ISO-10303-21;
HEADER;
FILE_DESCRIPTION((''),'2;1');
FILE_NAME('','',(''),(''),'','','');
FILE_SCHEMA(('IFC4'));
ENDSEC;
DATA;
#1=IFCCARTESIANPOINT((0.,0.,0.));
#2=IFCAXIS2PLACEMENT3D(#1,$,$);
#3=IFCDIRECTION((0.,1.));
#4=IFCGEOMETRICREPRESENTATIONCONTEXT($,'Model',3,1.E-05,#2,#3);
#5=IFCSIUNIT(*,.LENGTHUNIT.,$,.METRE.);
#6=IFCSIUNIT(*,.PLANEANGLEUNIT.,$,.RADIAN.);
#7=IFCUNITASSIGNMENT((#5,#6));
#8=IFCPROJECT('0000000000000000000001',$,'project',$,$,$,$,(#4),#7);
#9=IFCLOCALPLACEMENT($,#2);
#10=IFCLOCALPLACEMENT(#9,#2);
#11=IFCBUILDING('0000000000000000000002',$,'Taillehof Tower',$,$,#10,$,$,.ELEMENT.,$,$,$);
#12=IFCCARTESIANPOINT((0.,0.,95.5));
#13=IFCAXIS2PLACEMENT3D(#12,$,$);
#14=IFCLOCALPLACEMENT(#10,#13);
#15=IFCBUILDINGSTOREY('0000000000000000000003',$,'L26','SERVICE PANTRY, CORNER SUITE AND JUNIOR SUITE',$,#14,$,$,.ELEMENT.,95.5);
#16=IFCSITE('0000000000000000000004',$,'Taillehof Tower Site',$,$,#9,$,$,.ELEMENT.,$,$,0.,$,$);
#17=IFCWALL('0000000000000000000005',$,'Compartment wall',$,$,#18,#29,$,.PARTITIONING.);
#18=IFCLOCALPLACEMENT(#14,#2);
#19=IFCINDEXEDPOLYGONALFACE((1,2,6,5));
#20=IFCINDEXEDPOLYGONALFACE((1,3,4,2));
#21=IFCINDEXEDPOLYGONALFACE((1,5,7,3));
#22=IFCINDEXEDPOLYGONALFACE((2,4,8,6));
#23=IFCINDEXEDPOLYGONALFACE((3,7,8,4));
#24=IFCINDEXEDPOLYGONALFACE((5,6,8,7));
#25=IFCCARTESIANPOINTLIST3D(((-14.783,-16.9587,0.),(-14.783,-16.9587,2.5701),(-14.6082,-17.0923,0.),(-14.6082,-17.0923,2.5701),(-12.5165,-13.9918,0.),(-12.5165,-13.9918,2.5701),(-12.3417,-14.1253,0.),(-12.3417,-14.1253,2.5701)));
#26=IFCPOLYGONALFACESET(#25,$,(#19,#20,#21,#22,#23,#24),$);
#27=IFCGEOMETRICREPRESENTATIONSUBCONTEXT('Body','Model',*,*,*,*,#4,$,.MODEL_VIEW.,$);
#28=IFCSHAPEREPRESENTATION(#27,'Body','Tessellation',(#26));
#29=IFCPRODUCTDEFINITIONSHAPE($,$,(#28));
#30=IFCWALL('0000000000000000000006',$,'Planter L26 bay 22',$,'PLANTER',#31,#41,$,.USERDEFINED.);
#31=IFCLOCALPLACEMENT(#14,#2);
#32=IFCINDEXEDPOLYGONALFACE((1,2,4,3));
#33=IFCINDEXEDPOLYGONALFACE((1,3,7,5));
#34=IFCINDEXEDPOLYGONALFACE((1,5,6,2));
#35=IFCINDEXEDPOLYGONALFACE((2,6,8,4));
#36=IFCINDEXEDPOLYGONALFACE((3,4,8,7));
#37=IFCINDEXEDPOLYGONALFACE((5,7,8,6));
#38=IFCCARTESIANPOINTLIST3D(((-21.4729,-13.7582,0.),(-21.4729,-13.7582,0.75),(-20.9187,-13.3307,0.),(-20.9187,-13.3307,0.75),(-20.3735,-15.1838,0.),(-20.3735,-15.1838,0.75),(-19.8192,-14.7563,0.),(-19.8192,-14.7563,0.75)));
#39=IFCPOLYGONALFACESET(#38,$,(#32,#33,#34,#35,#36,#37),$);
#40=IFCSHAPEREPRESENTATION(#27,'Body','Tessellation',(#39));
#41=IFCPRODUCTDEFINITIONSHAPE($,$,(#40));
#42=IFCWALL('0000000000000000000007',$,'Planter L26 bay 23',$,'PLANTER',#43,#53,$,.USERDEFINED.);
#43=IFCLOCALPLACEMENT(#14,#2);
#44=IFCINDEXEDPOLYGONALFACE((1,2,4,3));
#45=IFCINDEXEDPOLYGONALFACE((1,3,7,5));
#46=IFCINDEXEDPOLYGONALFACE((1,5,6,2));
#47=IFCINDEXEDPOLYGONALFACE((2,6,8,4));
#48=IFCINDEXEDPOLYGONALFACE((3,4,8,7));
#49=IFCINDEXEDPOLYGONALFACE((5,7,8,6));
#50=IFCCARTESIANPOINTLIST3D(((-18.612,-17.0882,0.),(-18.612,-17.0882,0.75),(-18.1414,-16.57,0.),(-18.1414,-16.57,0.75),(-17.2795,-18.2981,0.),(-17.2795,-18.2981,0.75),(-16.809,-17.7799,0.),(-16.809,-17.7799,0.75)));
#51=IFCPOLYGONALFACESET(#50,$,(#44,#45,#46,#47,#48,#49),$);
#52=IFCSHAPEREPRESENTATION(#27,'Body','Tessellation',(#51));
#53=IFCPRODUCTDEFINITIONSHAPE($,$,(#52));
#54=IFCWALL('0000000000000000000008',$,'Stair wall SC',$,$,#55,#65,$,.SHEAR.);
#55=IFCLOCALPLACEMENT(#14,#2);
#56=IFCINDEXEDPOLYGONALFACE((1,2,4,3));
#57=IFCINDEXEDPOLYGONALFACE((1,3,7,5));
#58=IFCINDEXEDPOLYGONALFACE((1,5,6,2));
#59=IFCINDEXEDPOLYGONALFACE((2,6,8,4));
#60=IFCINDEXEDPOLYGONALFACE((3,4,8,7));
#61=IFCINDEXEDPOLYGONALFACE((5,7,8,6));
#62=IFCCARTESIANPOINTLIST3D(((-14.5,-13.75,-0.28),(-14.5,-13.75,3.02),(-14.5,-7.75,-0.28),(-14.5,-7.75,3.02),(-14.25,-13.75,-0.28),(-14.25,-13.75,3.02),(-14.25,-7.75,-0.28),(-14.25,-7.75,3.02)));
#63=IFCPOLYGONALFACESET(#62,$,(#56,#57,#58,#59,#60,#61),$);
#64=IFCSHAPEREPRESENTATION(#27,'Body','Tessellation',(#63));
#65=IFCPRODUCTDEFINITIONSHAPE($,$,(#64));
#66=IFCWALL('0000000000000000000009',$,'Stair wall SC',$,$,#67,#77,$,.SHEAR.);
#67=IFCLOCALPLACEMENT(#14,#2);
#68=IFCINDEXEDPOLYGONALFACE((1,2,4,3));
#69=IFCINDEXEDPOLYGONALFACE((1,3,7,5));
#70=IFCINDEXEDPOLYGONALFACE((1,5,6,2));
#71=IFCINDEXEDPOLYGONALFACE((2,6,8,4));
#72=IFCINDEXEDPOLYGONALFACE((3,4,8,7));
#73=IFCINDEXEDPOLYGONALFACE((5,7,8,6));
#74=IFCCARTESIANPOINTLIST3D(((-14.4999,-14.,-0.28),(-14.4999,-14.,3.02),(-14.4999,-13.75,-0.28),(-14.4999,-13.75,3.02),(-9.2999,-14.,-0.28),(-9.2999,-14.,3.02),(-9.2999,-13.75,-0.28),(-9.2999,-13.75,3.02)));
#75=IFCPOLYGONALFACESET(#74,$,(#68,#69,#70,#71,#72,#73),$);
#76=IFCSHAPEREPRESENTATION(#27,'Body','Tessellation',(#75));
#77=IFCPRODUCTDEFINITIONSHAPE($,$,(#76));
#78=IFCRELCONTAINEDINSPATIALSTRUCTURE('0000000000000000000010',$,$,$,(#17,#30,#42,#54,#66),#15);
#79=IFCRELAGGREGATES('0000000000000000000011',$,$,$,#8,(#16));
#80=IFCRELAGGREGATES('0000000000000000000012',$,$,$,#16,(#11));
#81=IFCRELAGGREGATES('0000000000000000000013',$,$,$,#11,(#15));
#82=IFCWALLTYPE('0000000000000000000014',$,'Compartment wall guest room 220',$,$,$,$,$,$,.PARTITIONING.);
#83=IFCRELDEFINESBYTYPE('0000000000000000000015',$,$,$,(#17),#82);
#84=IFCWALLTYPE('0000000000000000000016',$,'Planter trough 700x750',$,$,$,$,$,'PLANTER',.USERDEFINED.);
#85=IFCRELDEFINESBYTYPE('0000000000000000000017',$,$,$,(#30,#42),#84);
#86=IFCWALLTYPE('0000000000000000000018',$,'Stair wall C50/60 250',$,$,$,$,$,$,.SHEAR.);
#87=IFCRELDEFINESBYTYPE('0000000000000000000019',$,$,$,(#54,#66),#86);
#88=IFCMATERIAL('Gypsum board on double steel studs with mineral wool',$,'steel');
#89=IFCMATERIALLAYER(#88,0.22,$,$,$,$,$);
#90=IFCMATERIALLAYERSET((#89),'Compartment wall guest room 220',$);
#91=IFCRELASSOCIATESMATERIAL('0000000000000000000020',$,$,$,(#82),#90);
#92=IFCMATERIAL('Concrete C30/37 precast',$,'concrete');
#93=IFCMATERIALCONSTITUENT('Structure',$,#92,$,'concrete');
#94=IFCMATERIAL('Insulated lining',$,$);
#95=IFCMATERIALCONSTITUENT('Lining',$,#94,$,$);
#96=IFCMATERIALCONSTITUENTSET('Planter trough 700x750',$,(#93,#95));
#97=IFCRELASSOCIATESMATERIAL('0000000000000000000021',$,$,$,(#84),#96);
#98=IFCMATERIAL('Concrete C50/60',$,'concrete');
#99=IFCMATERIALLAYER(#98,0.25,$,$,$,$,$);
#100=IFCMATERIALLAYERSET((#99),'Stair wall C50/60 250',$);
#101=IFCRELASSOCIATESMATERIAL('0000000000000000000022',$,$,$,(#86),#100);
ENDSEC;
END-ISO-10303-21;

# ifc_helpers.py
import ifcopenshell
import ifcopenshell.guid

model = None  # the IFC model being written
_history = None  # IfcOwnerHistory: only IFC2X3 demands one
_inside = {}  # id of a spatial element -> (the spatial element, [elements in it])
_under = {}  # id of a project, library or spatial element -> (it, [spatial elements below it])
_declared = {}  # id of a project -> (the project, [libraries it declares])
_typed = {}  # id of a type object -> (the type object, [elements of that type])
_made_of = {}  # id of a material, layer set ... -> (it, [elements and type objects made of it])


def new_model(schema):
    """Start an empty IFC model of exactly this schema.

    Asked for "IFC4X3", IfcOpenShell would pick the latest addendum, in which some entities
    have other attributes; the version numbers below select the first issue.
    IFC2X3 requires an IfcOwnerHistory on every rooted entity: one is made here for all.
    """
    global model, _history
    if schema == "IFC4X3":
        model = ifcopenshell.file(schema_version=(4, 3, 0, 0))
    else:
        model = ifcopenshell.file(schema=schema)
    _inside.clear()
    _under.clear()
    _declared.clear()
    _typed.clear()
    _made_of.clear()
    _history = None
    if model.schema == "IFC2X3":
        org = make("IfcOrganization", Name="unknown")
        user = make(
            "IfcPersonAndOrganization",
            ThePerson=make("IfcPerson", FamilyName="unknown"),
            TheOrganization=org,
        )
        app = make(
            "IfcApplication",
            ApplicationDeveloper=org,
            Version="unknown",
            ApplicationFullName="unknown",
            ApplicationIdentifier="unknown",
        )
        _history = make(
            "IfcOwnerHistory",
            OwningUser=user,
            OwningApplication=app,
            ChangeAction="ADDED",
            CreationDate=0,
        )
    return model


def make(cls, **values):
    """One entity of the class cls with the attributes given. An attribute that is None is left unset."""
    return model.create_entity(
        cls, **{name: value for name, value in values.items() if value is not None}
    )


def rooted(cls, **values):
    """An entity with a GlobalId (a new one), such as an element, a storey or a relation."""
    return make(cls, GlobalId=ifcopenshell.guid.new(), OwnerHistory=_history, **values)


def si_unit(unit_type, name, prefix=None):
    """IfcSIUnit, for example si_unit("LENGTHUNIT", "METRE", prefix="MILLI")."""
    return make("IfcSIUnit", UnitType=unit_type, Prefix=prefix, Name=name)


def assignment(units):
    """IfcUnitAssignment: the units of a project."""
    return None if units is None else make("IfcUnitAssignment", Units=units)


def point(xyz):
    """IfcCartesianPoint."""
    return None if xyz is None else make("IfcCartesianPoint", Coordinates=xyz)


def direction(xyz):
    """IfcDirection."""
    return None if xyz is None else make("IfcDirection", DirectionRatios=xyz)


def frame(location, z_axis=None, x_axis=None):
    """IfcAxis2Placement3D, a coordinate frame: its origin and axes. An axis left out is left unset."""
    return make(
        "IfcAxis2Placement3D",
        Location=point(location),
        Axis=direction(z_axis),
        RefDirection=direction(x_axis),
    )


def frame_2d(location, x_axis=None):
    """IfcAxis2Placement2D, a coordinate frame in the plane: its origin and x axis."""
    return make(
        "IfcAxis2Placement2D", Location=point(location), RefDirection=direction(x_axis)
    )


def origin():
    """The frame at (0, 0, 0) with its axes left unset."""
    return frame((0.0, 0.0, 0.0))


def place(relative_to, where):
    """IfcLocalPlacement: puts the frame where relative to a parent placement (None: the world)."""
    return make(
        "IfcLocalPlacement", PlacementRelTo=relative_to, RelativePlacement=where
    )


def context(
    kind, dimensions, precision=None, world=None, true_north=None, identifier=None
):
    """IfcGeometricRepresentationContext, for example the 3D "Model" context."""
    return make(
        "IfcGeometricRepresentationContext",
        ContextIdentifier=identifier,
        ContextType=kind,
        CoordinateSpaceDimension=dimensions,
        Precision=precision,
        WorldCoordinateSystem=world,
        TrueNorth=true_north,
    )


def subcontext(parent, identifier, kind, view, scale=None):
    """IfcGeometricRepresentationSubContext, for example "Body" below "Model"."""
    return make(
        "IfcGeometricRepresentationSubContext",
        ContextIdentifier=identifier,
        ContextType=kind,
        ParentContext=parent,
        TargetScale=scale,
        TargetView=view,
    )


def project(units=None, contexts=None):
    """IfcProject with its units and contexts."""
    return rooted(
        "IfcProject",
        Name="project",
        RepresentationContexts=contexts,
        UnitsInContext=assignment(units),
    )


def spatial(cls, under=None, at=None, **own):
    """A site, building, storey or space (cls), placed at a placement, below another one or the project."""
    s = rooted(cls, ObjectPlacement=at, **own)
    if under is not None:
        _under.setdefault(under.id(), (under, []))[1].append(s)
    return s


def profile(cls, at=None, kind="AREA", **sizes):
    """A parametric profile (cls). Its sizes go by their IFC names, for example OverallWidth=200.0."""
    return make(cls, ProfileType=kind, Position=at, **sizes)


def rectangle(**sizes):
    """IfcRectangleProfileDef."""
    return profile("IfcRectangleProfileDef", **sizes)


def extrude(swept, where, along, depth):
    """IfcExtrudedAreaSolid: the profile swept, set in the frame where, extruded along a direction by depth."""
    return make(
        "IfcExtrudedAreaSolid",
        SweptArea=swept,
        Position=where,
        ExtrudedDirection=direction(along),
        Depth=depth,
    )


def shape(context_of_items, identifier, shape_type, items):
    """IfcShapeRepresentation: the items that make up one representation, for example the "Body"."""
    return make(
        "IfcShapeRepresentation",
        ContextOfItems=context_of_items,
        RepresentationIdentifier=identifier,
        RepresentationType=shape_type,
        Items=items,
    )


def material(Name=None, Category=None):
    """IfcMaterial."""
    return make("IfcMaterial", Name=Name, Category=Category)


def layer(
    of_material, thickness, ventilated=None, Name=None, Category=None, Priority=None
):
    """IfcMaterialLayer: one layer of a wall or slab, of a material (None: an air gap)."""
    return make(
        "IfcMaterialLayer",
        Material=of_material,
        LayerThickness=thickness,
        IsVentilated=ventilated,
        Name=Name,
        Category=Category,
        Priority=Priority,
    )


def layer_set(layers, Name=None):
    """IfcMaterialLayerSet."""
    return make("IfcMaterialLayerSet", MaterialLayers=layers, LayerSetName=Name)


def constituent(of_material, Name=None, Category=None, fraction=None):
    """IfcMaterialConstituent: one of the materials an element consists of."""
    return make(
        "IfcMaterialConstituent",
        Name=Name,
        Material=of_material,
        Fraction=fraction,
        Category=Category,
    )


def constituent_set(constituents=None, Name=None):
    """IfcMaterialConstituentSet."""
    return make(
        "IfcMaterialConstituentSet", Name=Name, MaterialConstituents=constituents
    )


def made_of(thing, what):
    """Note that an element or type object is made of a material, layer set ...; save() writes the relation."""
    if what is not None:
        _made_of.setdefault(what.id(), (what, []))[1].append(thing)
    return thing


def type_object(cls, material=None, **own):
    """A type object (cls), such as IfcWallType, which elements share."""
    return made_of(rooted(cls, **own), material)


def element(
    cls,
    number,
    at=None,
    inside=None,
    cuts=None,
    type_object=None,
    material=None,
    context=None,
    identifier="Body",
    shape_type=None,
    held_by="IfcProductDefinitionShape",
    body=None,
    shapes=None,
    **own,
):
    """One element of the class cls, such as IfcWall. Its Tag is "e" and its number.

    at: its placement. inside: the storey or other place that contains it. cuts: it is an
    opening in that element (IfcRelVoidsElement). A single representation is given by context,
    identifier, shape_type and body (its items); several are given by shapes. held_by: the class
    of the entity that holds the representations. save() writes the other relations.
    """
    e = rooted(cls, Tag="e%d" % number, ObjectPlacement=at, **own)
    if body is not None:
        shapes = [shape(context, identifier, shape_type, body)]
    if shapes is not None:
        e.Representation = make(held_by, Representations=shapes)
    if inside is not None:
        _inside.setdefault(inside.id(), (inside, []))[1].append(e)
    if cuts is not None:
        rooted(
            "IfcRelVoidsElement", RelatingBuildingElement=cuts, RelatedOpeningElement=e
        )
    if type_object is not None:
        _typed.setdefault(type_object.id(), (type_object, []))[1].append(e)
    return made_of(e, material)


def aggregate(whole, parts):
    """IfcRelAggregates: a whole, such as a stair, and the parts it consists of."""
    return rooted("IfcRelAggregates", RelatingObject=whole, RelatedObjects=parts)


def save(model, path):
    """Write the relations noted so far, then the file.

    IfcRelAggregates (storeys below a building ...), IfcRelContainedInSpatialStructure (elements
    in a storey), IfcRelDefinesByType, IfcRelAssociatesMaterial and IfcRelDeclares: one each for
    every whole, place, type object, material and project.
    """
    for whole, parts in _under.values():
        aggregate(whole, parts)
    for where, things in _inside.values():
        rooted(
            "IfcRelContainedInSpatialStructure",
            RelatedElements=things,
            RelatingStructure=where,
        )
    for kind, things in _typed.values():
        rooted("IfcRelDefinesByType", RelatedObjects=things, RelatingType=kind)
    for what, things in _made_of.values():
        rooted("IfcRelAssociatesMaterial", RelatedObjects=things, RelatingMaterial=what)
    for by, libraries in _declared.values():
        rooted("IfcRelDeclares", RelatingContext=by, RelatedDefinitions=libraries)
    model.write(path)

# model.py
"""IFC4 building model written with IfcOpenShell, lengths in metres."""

from ifc_helpers import new_model, si_unit, direction, frame, frame_2d, origin, place, context, subcontext, project, spatial, rectangle, extrude, material, layer, layer_set, constituent, constituent_set, type_object, element, save


model = new_model("IFC4")

# Units and contexts
model_context = context("Model", 3, precision=1e-05, world=origin(), true_north=direction((0.0, 1.0)))
body_context = subcontext(model_context, "Body", "Model", "MODEL_VIEW")
ifc_project = project(units=[si_unit("LENGTHUNIT", "METRE"), si_unit("PLANEANGLEUNIT", "RADIAN")], contexts=[model_context])

# Site, building, storey
site_placement = place(None, origin())
site = spatial("IfcSite", under=ifc_project, at=site_placement, Name="Taillehof Tower Site", CompositionType="ELEMENT", RefElevation=0.0)
building_placement = place(site_placement, origin())
building = spatial("IfcBuilding", under=site, at=building_placement, Name="Taillehof Tower", CompositionType="ELEMENT")
storey_placement = place(building_placement, frame((0.0, 0.0, 95.5)))
storey = spatial("IfcBuildingStorey", under=building, at=storey_placement, Name="L26", Description="SERVICE PANTRY, CORNER SUITE AND JUNIOR SUITE", CompositionType="ELEMENT", Elevation=95.5)

# Walls
ifc_material_1 = material(Name="Gypsum board on double steel studs with mineral wool", Category="steel")
ifc_layer_1 = layer(ifc_material_1, 0.22)
ifc_layer_set_1 = layer_set([ifc_layer_1], Name="Compartment wall guest room 220")
wall_type_1 = type_object("IfcWallType", Name="Compartment wall guest room 220", PredefinedType="PARTITIONING", material=ifc_layer_set_1)
wall_1_placement = place(storey_placement, frame((-14.6956, -17.0254, 0.0), z_axis=(0.0, 0.0, 1.0), x_axis=(0.607059, 0.794657, 0.0)))
element("IfcWall", 1, at=wall_1_placement, inside=storey, type_object=wall_type_1, Name="Compartment wall", PredefinedType="PARTITIONING", context=body_context, shape_type="SweptSolid", body=[
    extrude(rectangle(XDim=3.7336, YDim=0.22, at=frame_2d((1.8667, 0.0))), origin(), (0.0, 0.0, 1.0), 2.5701),
])
ifc_material_2 = material(Name="Concrete C30/37 precast", Category="concrete")
ifc_constituent_1 = constituent(ifc_material_2, Name="Structure", Category="concrete")
ifc_material_3 = material(Name="Insulated lining")
ifc_constituent_2 = constituent(ifc_material_3, Name="Lining")
ifc_constituent_set = constituent_set(constituents=[ifc_constituent_1, ifc_constituent_2], Name="Planter trough 700x750")
wall_type_2 = type_object("IfcWallType", Name="Planter trough 700x750", ElementType="PLANTER", PredefinedType="USERDEFINED", material=ifc_constituent_set)
wall_2_placement = place(storey_placement, frame((-21.1958, -13.5444, 0.0), z_axis=(0.0, 0.0, 1.0), x_axis=(0.610687, -0.791872, 0.0)))
element("IfcWall", 2, at=wall_2_placement, inside=storey, type_object=wall_type_2, Name="Planter L26 bay 22", ObjectType="PLANTER", PredefinedType="USERDEFINED", context=body_context, shape_type="SweptSolid", body=[
    extrude(rectangle(XDim=1.8003, YDim=0.7, at=frame_2d((0.9001, 0.0))), origin(), (0.0, 0.0, 1.0), 0.75),
])
wall_3_placement = place(storey_placement, frame((-18.3767, -16.8291, 0.0), z_axis=(0.0, 0.0, 1.0), x_axis=(0.740333, -0.672241, 0.0)))
element("IfcWall", 3, at=wall_3_placement, inside=storey, type_object=wall_type_2, Name="Planter L26 bay 23", ObjectType="PLANTER", PredefinedType="USERDEFINED", context=body_context, shape_type="SweptSolid", body=[
    extrude(rectangle(XDim=1.7998, YDim=0.7, at=frame_2d((0.8999, 0.0))), origin(), (0.0, 0.0, 1.0), 0.75),
])
ifc_material_4 = material(Name="Concrete C50/60", Category="concrete")
ifc_layer_2 = layer(ifc_material_4, 0.25)
ifc_layer_set_2 = layer_set([ifc_layer_2], Name="Stair wall C50/60 250")
wall_type_3 = type_object("IfcWallType", Name="Stair wall C50/60 250", PredefinedType="SHEAR", material=ifc_layer_set_2)
wall_4_placement = place(storey_placement, frame((-14.375, -13.75, -0.28), z_axis=(0.0, 0.0, 1.0), x_axis=(0.0, 1.0, 0.0)))
element("IfcWall", 4, at=wall_4_placement, inside=storey, type_object=wall_type_3, Name="Stair wall SC", PredefinedType="SHEAR", context=body_context, shape_type="SweptSolid", body=[
    extrude(rectangle(XDim=6.0, YDim=0.25, at=frame_2d((3.0, 0.0))), origin(), (0.0, 0.0, 1.0), 3.3),
])
wall_5_placement = place(storey_placement, frame((-14.5, -13.875, -0.28), z_axis=(0.0, 0.0, 1.0), x_axis=(1.0, 0.0, 0.0)))
element("IfcWall", 5, at=wall_5_placement, inside=storey, type_object=wall_type_3, Name="Stair wall SC", PredefinedType="SHEAR", context=body_context, shape_type="SweptSolid", body=[
    extrude(rectangle(XDim=5.2, YDim=0.25, at=frame_2d((2.6001, 0.0))), origin(), (0.0, 0.0, 1.0), 3.3),
])

save(model, "model.ifc")
